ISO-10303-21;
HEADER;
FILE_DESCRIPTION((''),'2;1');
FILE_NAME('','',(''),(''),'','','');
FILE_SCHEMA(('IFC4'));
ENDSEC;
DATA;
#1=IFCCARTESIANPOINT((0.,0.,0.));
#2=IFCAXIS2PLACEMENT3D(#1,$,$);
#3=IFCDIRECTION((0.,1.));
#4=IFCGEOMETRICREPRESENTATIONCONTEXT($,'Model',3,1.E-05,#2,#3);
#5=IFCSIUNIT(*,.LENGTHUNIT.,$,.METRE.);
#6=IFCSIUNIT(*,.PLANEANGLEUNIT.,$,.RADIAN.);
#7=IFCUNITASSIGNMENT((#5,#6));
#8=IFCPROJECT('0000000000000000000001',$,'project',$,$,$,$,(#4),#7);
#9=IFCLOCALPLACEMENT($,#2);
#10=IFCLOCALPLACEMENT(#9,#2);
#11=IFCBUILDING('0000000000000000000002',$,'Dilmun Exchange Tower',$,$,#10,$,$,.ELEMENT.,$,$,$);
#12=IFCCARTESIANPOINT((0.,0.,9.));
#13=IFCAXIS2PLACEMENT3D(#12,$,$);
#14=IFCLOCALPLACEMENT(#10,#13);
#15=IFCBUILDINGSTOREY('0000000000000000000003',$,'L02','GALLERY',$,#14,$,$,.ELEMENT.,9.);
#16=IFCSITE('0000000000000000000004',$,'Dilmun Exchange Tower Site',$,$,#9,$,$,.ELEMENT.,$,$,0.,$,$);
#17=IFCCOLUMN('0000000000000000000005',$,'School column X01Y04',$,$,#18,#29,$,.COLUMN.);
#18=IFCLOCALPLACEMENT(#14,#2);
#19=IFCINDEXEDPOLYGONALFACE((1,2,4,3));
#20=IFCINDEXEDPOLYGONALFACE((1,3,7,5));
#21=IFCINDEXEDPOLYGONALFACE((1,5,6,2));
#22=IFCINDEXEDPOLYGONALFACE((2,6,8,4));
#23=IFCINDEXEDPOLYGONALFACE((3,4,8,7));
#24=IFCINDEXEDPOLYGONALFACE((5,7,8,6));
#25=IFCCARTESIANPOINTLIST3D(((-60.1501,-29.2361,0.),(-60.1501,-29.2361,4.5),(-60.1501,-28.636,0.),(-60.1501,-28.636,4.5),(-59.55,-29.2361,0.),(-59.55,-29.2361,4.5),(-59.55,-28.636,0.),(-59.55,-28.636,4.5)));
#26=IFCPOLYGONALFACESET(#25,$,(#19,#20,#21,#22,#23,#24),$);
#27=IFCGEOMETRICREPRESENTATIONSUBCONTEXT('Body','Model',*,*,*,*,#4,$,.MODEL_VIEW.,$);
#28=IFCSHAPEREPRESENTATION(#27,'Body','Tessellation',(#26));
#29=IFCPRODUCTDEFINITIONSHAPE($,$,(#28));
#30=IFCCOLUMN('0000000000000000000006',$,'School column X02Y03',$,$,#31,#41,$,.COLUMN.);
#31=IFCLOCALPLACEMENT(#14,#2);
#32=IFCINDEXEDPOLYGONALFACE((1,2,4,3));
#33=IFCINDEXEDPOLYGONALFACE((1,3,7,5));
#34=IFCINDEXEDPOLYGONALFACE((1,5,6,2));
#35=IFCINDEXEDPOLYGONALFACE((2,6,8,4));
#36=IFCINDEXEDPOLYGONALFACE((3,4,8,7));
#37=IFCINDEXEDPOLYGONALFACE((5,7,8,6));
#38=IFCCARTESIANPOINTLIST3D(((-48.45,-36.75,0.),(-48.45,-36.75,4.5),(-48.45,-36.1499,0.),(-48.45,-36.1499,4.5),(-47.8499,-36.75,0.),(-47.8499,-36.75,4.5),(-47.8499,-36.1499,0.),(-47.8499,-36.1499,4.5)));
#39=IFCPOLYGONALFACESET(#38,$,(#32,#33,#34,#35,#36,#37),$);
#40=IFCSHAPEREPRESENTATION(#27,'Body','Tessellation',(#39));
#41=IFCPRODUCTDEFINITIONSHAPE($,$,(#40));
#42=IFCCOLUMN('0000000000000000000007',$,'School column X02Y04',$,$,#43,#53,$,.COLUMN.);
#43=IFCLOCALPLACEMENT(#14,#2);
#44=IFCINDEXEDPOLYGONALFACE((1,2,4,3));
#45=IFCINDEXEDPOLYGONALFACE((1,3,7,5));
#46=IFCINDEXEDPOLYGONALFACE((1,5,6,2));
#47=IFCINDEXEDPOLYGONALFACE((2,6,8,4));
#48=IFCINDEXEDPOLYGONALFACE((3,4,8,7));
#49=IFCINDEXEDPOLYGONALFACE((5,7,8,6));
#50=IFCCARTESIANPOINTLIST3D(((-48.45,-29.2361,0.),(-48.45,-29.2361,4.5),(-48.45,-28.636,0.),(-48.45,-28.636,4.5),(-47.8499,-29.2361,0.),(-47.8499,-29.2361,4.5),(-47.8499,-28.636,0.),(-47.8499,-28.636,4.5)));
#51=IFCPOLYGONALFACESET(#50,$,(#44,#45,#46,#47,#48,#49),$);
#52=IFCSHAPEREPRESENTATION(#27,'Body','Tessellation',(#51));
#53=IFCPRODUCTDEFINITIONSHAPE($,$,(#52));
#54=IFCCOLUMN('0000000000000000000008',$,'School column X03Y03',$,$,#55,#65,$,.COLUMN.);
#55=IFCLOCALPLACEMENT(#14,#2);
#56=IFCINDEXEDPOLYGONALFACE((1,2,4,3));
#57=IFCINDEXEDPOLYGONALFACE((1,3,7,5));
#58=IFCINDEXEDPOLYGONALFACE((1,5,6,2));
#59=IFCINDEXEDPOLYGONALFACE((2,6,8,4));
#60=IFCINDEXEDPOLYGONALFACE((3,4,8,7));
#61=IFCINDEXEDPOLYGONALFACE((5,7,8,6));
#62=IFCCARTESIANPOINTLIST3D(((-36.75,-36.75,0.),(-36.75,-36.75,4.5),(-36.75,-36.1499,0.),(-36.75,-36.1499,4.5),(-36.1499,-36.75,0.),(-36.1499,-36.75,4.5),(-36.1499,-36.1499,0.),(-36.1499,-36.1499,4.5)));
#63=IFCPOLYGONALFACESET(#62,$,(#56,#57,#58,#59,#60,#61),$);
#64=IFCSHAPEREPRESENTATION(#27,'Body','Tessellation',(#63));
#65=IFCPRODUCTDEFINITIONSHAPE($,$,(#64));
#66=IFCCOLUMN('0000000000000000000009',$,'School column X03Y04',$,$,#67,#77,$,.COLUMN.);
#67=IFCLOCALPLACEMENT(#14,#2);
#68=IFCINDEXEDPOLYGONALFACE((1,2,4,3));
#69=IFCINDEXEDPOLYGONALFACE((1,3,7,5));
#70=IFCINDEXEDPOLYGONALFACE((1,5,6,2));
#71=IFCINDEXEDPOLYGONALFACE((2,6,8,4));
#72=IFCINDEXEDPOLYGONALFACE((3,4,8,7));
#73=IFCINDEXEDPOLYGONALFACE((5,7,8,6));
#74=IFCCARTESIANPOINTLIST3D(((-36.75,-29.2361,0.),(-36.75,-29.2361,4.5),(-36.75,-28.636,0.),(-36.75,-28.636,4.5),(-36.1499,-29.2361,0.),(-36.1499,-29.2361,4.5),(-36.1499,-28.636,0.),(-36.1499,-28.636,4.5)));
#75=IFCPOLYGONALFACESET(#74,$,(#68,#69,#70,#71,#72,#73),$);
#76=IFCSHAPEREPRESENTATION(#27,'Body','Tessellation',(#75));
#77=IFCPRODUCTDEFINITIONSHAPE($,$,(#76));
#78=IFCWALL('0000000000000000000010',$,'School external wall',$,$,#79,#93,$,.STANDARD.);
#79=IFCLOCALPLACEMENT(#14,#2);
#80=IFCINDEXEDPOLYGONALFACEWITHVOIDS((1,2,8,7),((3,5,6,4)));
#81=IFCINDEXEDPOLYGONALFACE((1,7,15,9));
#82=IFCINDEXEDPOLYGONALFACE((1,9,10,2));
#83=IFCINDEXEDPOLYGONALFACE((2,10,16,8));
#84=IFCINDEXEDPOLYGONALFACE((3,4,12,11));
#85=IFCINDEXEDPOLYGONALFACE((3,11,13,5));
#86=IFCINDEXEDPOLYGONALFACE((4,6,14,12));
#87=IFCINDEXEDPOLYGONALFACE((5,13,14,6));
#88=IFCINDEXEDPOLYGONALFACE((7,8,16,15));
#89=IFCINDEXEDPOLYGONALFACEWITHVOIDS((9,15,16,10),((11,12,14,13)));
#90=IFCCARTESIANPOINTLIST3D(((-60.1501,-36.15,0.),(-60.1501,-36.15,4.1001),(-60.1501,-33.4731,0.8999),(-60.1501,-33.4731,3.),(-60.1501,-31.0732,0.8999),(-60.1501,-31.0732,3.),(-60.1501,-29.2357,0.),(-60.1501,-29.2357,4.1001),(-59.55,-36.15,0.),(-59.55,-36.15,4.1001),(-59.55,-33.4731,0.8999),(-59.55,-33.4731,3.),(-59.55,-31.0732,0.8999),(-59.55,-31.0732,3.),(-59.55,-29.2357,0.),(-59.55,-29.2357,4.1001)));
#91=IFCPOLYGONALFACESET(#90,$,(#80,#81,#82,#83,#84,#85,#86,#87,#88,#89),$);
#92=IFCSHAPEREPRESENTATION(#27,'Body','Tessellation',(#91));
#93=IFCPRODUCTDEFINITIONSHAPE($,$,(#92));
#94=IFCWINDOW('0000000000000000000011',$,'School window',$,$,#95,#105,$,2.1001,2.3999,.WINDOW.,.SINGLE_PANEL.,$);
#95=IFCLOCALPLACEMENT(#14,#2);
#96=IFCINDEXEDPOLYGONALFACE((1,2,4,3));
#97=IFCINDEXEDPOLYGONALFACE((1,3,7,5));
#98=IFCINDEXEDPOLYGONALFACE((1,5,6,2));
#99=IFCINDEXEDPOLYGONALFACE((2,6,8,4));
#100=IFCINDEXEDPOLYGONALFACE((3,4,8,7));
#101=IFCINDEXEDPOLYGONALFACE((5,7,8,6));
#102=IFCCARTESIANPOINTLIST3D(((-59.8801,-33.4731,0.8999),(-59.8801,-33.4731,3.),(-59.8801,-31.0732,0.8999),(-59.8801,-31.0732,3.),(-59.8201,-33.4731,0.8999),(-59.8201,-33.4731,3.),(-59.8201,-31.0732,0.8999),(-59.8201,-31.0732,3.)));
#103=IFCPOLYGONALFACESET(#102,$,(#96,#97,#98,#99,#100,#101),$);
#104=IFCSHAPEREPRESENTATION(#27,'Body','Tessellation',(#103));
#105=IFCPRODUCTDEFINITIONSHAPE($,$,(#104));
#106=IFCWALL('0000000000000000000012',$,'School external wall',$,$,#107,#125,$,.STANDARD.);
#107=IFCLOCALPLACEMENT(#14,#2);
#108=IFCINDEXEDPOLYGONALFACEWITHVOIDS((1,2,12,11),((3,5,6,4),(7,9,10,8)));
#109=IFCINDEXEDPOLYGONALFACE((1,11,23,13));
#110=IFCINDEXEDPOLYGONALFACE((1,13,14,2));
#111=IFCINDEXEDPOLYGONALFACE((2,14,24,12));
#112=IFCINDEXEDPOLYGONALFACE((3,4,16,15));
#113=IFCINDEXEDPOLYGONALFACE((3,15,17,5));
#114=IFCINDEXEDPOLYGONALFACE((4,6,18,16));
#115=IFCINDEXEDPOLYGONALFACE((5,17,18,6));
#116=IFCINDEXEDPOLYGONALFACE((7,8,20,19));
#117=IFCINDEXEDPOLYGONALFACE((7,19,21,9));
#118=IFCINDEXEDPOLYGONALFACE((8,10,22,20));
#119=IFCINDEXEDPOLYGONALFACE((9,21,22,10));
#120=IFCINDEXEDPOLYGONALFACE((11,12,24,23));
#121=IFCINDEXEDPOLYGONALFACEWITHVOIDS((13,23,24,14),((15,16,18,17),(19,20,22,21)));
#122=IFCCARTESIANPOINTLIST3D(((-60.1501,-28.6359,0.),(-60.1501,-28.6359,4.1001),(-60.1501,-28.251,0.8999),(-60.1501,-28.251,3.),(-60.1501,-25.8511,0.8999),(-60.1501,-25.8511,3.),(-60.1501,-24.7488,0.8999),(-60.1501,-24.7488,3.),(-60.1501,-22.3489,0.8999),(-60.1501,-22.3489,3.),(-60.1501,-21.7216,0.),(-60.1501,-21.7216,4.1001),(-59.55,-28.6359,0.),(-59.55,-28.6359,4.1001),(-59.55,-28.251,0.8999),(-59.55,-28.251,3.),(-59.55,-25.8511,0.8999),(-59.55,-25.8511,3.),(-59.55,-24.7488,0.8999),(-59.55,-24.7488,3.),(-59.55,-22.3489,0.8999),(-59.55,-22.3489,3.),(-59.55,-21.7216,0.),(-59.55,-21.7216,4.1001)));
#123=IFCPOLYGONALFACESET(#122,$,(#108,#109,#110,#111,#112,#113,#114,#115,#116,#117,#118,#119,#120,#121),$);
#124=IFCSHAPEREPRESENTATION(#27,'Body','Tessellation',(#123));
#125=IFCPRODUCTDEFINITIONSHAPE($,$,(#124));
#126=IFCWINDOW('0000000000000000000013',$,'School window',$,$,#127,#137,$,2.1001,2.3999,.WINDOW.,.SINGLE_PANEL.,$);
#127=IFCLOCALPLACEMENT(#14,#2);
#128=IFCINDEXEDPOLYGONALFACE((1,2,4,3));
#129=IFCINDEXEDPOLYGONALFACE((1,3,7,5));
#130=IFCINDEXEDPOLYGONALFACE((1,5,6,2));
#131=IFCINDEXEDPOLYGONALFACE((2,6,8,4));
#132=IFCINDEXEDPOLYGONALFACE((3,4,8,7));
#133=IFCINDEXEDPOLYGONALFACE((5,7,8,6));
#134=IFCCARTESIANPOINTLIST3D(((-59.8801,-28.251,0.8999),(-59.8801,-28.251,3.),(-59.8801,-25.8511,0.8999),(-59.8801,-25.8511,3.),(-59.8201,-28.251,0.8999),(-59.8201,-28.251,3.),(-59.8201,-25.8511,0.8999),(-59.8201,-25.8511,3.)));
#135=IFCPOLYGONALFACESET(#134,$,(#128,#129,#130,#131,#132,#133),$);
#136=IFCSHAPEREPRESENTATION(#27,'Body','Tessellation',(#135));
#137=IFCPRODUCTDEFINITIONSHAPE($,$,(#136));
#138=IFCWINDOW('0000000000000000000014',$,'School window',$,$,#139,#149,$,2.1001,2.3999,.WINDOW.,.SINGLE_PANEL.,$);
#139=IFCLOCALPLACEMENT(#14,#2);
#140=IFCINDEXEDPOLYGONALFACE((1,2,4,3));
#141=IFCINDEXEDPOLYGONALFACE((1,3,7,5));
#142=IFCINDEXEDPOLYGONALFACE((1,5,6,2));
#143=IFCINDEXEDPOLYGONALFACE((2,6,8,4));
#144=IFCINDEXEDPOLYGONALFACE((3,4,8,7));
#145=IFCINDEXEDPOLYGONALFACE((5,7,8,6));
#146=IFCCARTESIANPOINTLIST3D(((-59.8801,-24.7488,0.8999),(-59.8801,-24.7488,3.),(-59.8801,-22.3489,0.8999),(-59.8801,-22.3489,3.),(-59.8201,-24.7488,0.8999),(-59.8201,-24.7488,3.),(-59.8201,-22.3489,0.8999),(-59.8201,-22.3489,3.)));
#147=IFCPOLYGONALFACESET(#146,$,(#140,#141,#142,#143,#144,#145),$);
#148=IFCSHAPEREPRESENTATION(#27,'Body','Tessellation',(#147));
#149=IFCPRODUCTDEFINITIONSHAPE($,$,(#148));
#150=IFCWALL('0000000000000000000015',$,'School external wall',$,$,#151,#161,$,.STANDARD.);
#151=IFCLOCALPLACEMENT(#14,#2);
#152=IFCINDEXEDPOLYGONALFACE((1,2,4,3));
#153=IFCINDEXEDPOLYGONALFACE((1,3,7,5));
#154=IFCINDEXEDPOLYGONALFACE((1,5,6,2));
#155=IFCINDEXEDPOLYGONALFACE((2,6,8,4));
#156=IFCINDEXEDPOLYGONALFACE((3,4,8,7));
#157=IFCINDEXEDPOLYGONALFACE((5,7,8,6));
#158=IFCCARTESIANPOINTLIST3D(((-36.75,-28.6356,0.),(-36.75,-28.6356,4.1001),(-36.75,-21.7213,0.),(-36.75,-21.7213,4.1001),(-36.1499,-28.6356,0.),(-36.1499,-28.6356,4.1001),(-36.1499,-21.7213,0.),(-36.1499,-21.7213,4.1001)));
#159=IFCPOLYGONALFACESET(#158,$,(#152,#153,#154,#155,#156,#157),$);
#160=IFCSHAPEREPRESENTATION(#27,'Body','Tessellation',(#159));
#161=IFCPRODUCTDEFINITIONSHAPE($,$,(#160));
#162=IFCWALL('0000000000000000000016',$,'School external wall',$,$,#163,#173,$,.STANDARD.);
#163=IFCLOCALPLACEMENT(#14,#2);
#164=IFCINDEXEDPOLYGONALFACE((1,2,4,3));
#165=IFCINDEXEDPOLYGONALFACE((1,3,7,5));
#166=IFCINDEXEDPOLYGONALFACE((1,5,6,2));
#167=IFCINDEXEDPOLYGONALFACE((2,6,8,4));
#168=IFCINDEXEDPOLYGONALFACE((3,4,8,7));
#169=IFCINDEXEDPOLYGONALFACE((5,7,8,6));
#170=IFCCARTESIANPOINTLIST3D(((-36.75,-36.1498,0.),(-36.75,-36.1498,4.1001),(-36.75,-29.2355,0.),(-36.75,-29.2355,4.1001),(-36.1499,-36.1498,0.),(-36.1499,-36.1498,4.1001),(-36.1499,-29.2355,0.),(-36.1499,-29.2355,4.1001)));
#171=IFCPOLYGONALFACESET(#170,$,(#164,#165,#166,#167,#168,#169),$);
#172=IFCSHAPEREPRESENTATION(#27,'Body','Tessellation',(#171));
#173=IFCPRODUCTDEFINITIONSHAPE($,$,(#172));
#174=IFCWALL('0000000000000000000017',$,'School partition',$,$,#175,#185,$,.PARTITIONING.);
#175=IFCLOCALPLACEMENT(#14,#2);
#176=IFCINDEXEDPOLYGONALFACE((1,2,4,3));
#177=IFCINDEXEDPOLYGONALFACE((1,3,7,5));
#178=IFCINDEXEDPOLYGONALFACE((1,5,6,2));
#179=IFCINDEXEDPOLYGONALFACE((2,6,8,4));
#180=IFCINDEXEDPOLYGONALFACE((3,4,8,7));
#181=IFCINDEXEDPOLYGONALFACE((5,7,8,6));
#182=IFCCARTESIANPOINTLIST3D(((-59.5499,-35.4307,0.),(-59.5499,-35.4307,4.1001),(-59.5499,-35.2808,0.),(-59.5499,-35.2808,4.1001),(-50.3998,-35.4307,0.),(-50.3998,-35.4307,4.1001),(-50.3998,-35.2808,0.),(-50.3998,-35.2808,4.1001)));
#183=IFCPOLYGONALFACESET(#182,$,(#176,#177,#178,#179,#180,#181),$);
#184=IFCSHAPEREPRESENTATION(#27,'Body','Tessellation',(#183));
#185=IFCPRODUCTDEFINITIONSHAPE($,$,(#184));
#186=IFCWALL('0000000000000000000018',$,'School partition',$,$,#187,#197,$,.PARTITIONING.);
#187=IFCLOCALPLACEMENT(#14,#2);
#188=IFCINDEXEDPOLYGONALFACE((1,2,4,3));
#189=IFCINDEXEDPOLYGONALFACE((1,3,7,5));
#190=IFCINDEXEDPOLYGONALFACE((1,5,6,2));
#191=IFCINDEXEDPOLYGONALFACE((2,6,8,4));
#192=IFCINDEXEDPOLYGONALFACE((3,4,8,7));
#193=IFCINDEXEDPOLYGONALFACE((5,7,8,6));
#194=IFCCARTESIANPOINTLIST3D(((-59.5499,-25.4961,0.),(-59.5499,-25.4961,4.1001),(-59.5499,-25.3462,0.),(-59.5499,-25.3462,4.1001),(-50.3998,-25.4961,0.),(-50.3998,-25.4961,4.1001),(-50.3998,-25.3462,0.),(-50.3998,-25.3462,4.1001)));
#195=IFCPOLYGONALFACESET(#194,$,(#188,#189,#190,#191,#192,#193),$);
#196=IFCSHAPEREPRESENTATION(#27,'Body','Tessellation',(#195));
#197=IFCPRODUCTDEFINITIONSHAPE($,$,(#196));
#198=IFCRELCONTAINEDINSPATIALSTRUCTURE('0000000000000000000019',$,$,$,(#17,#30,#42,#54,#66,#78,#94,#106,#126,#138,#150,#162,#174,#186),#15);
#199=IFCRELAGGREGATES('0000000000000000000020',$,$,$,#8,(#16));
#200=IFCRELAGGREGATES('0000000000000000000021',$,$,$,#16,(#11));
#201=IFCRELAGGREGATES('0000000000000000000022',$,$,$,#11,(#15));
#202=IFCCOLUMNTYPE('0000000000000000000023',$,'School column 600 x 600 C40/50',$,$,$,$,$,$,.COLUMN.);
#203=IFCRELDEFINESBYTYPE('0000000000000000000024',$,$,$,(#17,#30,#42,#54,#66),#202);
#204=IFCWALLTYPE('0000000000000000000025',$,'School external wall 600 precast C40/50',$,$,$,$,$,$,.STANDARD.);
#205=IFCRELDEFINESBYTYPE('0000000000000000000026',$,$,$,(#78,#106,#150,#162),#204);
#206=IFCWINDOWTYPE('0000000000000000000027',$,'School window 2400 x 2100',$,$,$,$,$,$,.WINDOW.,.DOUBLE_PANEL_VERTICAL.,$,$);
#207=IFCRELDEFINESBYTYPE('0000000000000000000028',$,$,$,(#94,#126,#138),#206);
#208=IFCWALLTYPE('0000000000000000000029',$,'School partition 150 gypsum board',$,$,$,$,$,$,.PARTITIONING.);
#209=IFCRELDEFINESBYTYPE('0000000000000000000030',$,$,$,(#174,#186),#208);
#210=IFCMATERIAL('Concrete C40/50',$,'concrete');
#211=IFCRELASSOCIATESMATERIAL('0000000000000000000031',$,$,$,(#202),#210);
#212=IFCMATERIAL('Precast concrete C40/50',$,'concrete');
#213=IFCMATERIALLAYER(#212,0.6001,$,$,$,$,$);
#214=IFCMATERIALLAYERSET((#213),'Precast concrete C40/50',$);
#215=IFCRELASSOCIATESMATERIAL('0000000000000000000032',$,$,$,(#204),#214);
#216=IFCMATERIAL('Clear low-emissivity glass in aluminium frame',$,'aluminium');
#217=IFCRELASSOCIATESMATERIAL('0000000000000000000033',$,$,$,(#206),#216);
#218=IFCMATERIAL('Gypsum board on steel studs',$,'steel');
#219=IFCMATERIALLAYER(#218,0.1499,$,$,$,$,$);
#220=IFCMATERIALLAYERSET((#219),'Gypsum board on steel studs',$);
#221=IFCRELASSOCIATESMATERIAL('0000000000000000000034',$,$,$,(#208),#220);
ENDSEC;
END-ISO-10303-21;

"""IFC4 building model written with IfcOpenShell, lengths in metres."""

from ifc_helpers import new_model, si_unit, direction, frame, frame_2d, origin, origin_2d, place, context, subcontext, project, spatial, rectangle, extrude, material, layer, layer_set, material_profile, profile_set, type_object, element, fill, save


model = new_model("IFC4")

# Units and contexts
model_context = context("Model", 3, precision=1e-05, world=origin(), true_north=direction((0.0, 1.0)))
body_context = subcontext(model_context, "Body", "Model", "MODEL_VIEW")
ifc_project = project(units=[si_unit("LENGTHUNIT", "METRE"), si_unit("PLANEANGLEUNIT", "RADIAN")], contexts=[model_context])

# Site, building, storey
site_placement = place(None, origin())
site = spatial("IfcSite", under=ifc_project, at=site_placement, Name="Dilmun Exchange Tower Site", CompositionType="ELEMENT", RefElevation=0.0)
building_placement = place(site_placement, origin())
building = spatial("IfcBuilding", under=site, at=building_placement, Name="Dilmun Exchange Tower", CompositionType="ELEMENT")
storey_placement = place(building_placement, frame((0.0, 0.0, 9.0)))
storey = spatial("IfcBuildingStorey", under=building, at=storey_placement, Name="L02", Description="GALLERY", CompositionType="ELEMENT", Elevation=9.0)

# Columns
ifc_material_1 = material(Name="Concrete C40/50", Category="concrete")
ifc_material_profile = material_profile(ifc_material_1, rectangle(XDim=0.6001, YDim=0.6001, at=origin_2d()), Name="600 x 600")
ifc_profile_set = profile_set([ifc_material_profile], Name="Concrete C40/50")
column_type = type_object("IfcColumnType", Name="School column 600 x 600 C40/50", PredefinedType="COLUMN", material=ifc_profile_set)
for number, where, z_axis, x_axis, name in (
    (1, (-59.8501, -28.936, 0.0), (0.0, 0.0, 1.0), (1.0, 0.0, 0.0), "School column X01Y04"),
    (2, (-48.1499, -36.45, 0.0), (0.0, 0.0, 1.0), (1.0, 0.0, 0.0), "School column X02Y03"),
    (3, (-48.1499, -28.936, 0.0), (0.0, 0.0, 1.0), (1.0, 0.0, 0.0), "School column X02Y04"),
    (4, (-36.45, -36.45, 0.0), (0.0, 0.0, 1.0), (1.0, 0.0, 0.0), "School column X03Y03"),
    (5, (-36.45, -28.936, 0.0), (0.0, 0.0, 1.0), (1.0, 0.0, 0.0), "School column X03Y04"),
):
    element("IfcColumn", number, at=place(storey_placement, frame(where, z_axis=z_axis, x_axis=x_axis)), inside=storey, type_object=column_type, Name=name, PredefinedType="COLUMN", context=body_context, shape_type="SweptSolid", body=[
        extrude(rectangle(XDim=0.6001, YDim=0.6001, at=origin_2d()), origin(), (0.0, 0.0, 1.0), 4.5),
    ])

# Wall, opening, window
ifc_material_2 = material(Name="Precast concrete C40/50", Category="concrete")
ifc_layer_1 = layer(ifc_material_2, 0.6001)
ifc_layer_set_1 = layer_set([ifc_layer_1], Name="Precast concrete C40/50")
wall_type_1 = type_object("IfcWallType", Name="School external wall 600 precast C40/50", PredefinedType="STANDARD", material=ifc_layer_set_1)
wall_1_placement = place(storey_placement, frame((-59.8501, -36.1499, 0.0), z_axis=(0.0, 0.0, 1.0), x_axis=(0.0, 1.0, 0.0)))
wall_1 = element("IfcWall", 6, at=wall_1_placement, inside=storey, type_object=wall_type_1, Name="School external wall", PredefinedType="STANDARD", context=body_context, shape_type="SweptSolid", body=[
    extrude(rectangle(XDim=6.9143, YDim=0.6001, at=frame_2d((3.457, 0.0))), origin(), (0.0, 0.0, 1.0), 4.1001),
])
opening_1_placement = place(wall_1_placement, frame((2.6768, 0.0, 0.8999)))
opening_1 = element("IfcOpeningElement", 7, at=opening_1_placement, cuts=wall_1, PredefinedType="OPENING", context=body_context, shape_type="SweptSolid", body=[
    extrude(rectangle(XDim=2.3999, YDim=2.1001, at=frame_2d((1.2, 1.05))), frame((0.0, 0.3101, 0.0), z_axis=(0.0, -1.0, 0.0), x_axis=(1.0, 0.0, 0.0)), (0.0, 0.0, 1.0), 0.6201),
])
ifc_material_3 = material(Name="Clear low-emissivity glass in aluminium frame", Category="aluminium")
window_type = type_object("IfcWindowType", Name="School window 2400 x 2100", PartitioningType="DOUBLE_PANEL_VERTICAL", PredefinedType="WINDOW", material=ifc_material_3)
window_1_placement = place(opening_1_placement, origin())
window_1 = element("IfcWindow", 8, at=window_1_placement, inside=storey, type_object=window_type, Name="School window", OverallHeight=2.1001, OverallWidth=2.3999, PartitioningType="SINGLE_PANEL", PredefinedType="WINDOW", context=body_context, shape_type="SweptSolid", body=[
    extrude(rectangle(XDim=2.3999, YDim=2.1001, at=frame_2d((1.2, 1.05))), frame((0.0, 0.03, 0.0), z_axis=(0.0, -1.0, 0.0), x_axis=(1.0, 0.0, 0.0)), (0.0, 0.0, 1.0), 0.0601),
])
fill(opening_1, window_1)

# Wall, openings, windows
wall_2_placement = place(storey_placement, frame((-59.8501, -28.6357, 0.0), z_axis=(0.0, 0.0, 1.0), x_axis=(0.0, 1.0, 0.0)))
wall_2 = element("IfcWall", 9, at=wall_2_placement, inside=storey, type_object=wall_type_1, Name="School external wall", PredefinedType="STANDARD", context=body_context, shape_type="SweptSolid", body=[
    extrude(rectangle(XDim=6.9143, YDim=0.6001, at=frame_2d((3.457, 0.0))), origin(), (0.0, 0.0, 1.0), 4.1001),
])
opening_2_placement = place(wall_2_placement, frame((0.3848, 0.0, 0.8999)))
opening_2 = element("IfcOpeningElement", 10, at=opening_2_placement, cuts=wall_2, PredefinedType="OPENING", context=body_context, shape_type="SweptSolid", body=[
    extrude(rectangle(XDim=2.3999, YDim=2.1001, at=frame_2d((1.2, 1.05))), frame((0.0, 0.3101, 0.0), z_axis=(0.0, -1.0, 0.0), x_axis=(1.0, 0.0, 0.0)), (0.0, 0.0, 1.0), 0.6201),
])
opening_3_placement = place(wall_2_placement, frame((3.887, 0.0, 0.8999)))
opening_3 = element("IfcOpeningElement", 11, at=opening_3_placement, cuts=wall_2, PredefinedType="OPENING", context=body_context, shape_type="SweptSolid", body=[
    extrude(rectangle(XDim=2.3999, YDim=2.1001, at=frame_2d((1.2, 1.05))), frame((0.0, 0.3101, 0.0), z_axis=(0.0, -1.0, 0.0), x_axis=(1.0, 0.0, 0.0)), (0.0, 0.0, 1.0), 0.6201),
])
window_2_placement = place(opening_2_placement, origin())
window_2 = element("IfcWindow", 12, at=window_2_placement, inside=storey, type_object=window_type, Name="School window", OverallHeight=2.1001, OverallWidth=2.3999, PartitioningType="SINGLE_PANEL", PredefinedType="WINDOW", context=body_context, shape_type="SweptSolid", body=[
    extrude(rectangle(XDim=2.3999, YDim=2.1001, at=frame_2d((1.2, 1.05))), frame((0.0, 0.03, 0.0), z_axis=(0.0, -1.0, 0.0), x_axis=(1.0, 0.0, 0.0)), (0.0, 0.0, 1.0), 0.0601),
])
fill(opening_2, window_2)
window_3_placement = place(opening_3_placement, origin())
window_3 = element("IfcWindow", 13, at=window_3_placement, inside=storey, type_object=window_type, Name="School window", OverallHeight=2.1001, OverallWidth=2.3999, PartitioningType="SINGLE_PANEL", PredefinedType="WINDOW", context=body_context, shape_type="SweptSolid", body=[
    extrude(rectangle(XDim=2.3999, YDim=2.1001, at=frame_2d((1.2, 1.05))), frame((0.0, 0.03, 0.0), z_axis=(0.0, -1.0, 0.0), x_axis=(1.0, 0.0, 0.0)), (0.0, 0.0, 1.0), 0.0601),
])
fill(opening_3, window_3)

# Walls
for number, where, z_axis, x_axis, name in (
    (14, (-36.45, -21.7214, 0.0), (0.0, 0.0, 1.0), (0.0, -1.0, 0.0), "School external wall"),
    (15, (-36.45, -29.2356, 0.0), (0.0, 0.0, 1.0), (0.0, -1.0, 0.0), "School external wall"),
):
    element("IfcWall", number, at=place(storey_placement, frame(where, z_axis=z_axis, x_axis=x_axis)), inside=storey, type_object=wall_type_1, Name=name, PredefinedType="STANDARD", context=body_context, shape_type="SweptSolid", body=[
        extrude(rectangle(XDim=6.9143, YDim=0.6001, at=frame_2d((3.457, 0.0))), origin(), (0.0, 0.0, 1.0), 4.1001),
    ])
ifc_material_4 = material(Name="Gypsum board on steel studs", Category="steel")
ifc_layer_2 = layer(ifc_material_4, 0.1499)
ifc_layer_set_2 = layer_set([ifc_layer_2], Name="Gypsum board on steel studs")
wall_type_2 = type_object("IfcWallType", Name="School partition 150 gypsum board", PredefinedType="PARTITIONING", material=ifc_layer_set_2)
for number, where, z_axis, x_axis, name in (
    (16, (-59.55, -35.3557, 0.0), (0.0, 0.0, 1.0), (1.0, 0.0, 0.0), "School partition"),
    (17, (-59.55, -25.4211, 0.0), (0.0, 0.0, 1.0), (1.0, 0.0, 0.0), "School partition"),
):
    element("IfcWall", number, at=place(storey_placement, frame(where, z_axis=z_axis, x_axis=x_axis)), inside=storey, type_object=wall_type_2, Name=name, PredefinedType="PARTITIONING", context=body_context, shape_type="SweptSolid", body=[
        extrude(rectangle(XDim=9.1501, YDim=0.1499, at=frame_2d((4.5752, 0.0))), origin(), (0.0, 0.0, 1.0), 4.1001),
    ])

save(model, "model.ifc")
